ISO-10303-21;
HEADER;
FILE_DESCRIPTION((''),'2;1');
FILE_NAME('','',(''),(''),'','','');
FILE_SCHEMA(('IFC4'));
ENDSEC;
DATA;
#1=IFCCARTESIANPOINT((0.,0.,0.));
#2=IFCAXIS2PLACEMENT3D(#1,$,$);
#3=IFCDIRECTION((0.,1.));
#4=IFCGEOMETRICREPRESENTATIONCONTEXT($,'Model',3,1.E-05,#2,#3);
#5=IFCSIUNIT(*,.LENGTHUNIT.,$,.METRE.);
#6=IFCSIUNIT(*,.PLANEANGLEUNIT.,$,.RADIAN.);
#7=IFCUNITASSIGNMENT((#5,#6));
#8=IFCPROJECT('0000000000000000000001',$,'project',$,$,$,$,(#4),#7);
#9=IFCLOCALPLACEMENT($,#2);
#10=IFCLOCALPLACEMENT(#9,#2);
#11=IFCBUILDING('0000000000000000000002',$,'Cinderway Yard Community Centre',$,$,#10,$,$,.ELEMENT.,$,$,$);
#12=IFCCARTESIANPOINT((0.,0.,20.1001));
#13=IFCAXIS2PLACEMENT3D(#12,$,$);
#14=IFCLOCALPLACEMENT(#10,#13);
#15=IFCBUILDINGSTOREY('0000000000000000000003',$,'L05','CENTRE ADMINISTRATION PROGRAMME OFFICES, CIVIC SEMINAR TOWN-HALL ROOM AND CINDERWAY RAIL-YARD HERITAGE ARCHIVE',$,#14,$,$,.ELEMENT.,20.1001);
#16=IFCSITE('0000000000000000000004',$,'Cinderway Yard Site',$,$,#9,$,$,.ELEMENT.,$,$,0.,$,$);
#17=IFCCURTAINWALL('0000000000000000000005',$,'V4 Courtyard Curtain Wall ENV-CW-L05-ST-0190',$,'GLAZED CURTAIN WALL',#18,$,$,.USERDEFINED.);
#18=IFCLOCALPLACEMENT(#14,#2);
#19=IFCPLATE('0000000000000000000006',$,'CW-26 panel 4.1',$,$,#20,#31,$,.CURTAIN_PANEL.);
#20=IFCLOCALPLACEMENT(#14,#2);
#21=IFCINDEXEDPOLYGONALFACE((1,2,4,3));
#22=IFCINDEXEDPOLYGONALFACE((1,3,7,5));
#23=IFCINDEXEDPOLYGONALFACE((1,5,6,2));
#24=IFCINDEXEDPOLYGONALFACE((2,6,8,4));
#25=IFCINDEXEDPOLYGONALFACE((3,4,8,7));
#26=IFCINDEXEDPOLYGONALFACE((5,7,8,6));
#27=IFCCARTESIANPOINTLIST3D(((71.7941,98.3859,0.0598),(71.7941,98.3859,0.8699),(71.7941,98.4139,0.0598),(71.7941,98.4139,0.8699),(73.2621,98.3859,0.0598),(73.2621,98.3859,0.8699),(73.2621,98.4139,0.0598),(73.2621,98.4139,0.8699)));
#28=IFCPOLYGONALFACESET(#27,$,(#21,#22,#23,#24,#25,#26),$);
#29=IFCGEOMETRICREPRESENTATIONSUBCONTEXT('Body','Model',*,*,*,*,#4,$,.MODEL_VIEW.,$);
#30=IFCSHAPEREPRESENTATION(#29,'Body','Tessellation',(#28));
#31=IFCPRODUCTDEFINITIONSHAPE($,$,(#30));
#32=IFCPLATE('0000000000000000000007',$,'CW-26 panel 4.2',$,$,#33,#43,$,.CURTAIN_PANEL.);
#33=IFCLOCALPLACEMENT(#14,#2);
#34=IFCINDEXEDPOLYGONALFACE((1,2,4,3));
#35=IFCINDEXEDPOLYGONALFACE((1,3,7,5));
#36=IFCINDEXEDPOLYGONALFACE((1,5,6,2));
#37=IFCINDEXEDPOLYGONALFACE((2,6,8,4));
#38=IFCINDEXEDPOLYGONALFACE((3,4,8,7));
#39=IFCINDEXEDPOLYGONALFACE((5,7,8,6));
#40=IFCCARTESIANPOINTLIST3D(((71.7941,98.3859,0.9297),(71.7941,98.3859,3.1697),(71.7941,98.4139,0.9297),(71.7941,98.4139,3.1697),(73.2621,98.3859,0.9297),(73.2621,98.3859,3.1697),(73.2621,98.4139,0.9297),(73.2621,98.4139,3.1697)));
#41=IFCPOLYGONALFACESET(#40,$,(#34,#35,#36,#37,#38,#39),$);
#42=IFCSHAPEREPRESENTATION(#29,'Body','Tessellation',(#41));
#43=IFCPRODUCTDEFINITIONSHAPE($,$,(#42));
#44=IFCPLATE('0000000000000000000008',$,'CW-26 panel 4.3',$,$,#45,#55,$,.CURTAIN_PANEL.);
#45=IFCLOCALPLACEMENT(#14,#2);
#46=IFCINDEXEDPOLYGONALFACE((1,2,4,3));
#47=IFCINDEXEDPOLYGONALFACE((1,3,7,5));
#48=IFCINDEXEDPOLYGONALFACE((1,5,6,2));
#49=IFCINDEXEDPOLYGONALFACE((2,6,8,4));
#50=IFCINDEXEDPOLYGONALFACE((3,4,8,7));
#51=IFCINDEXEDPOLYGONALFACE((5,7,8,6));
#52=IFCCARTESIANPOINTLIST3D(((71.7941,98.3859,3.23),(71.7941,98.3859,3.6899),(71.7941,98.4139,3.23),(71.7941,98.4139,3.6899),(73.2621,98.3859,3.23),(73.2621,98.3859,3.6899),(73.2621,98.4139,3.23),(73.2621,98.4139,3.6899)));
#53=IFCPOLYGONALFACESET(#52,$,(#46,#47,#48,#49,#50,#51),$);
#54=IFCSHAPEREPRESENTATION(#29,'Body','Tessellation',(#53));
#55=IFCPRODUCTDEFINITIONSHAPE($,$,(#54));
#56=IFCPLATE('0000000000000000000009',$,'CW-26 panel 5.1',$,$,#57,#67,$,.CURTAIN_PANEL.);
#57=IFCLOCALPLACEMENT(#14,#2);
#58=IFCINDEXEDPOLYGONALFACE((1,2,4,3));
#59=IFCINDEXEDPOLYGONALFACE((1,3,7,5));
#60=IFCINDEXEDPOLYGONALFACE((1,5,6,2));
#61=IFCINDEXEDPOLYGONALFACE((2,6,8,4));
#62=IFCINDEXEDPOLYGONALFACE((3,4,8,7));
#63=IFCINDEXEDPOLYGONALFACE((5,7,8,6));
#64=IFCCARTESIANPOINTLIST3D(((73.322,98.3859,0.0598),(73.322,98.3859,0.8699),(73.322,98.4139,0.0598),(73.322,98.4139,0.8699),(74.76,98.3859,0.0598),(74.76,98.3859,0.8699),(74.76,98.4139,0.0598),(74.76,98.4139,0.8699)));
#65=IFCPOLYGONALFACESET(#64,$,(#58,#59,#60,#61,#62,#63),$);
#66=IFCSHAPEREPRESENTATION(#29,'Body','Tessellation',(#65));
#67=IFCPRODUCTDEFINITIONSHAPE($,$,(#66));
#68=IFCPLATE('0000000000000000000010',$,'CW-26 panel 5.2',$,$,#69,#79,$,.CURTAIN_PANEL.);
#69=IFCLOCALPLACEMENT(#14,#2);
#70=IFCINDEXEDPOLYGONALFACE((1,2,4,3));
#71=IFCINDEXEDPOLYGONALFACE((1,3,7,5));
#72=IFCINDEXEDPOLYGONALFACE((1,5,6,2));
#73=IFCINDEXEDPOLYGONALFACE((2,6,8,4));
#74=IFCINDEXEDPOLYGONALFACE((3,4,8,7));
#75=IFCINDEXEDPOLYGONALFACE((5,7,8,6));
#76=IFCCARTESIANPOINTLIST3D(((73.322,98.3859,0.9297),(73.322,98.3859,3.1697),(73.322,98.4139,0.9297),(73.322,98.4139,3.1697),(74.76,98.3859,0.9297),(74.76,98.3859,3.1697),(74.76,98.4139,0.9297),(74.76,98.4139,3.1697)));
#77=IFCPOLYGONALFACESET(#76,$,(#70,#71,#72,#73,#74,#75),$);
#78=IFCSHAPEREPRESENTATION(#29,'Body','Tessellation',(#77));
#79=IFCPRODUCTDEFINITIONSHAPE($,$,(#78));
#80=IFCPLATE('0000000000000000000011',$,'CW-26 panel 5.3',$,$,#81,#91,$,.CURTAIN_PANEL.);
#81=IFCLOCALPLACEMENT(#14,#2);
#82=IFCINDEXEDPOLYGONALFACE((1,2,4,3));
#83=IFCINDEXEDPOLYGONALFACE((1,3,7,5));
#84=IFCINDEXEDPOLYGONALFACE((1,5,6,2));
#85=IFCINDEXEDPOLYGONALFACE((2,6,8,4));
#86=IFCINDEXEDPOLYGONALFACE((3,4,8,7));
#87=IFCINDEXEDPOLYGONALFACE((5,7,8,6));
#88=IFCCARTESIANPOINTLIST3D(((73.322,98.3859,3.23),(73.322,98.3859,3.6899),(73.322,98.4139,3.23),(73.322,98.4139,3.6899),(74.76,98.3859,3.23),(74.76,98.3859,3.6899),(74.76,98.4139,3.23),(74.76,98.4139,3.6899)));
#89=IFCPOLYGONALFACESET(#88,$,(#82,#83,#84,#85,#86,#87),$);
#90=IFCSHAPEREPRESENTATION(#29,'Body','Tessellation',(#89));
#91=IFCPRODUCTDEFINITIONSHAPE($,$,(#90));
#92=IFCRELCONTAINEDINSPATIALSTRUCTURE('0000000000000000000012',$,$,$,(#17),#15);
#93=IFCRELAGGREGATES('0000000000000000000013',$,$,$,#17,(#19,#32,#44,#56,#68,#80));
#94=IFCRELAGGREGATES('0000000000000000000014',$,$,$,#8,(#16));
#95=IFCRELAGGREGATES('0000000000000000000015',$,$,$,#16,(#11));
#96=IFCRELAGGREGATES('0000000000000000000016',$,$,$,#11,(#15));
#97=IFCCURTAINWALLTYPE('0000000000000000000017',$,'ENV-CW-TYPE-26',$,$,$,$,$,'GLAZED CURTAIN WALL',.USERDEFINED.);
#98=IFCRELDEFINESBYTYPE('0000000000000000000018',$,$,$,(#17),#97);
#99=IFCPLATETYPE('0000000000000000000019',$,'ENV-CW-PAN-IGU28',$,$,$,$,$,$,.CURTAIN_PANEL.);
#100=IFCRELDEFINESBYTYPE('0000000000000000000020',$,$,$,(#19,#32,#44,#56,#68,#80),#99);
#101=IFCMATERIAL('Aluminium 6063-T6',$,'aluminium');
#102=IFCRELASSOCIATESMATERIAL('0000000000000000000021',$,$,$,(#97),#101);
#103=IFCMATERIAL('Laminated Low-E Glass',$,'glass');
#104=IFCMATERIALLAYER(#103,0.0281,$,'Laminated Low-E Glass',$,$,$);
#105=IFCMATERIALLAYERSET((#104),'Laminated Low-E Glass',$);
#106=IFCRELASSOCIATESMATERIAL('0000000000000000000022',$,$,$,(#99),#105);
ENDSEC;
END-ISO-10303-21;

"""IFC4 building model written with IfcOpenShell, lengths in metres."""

from ifc_helpers import new_model, si_unit, direction, frame, origin, origin_2d, place, context, subcontext, project, spatial, rectangle, extrude, material, layer, layer_set, type_object, element, aggregate, save


model = new_model("IFC4")

# Units and contexts
model_context = context("Model", 3, precision=1e-05, world=origin(), true_north=direction((0.0, 1.0)))
body_context = subcontext(model_context, "Body", "Model", "MODEL_VIEW")
ifc_project = project(units=[si_unit("LENGTHUNIT", "METRE"), si_unit("PLANEANGLEUNIT", "RADIAN")], contexts=[model_context])

# Site, building, storey
site_placement = place(None, origin())
site = spatial("IfcSite", under=ifc_project, at=site_placement, Name="Cinderway Yard Site", CompositionType="ELEMENT", RefElevation=0.0)
building_placement = place(site_placement, origin())
building = spatial("IfcBuilding", under=site, at=building_placement, Name="Cinderway Yard Community Centre", CompositionType="ELEMENT")
storey_placement = place(building_placement, frame((0.0, 0.0, 20.1001)))
storey = spatial("IfcBuildingStorey", under=building, at=storey_placement, Name="L05", Description="CENTRE ADMINISTRATION PROGRAMME OFFICES, CIVIC SEMINAR TOWN-HALL ROOM AND CINDERWAY RAIL-YARD HERITAGE ARCHIVE", CompositionType="ELEMENT", Elevation=20.1001)

# Curtain wall
ifc_material_1 = material(Name="Aluminium 6063-T6", Category="aluminium")
curtain_wall_type_1 = type_object("IfcCurtainWallType", Name="ENV-CW-TYPE-26", ElementType="GLAZED CURTAIN WALL", PredefinedType="USERDEFINED", material=ifc_material_1)
curtain_wall_1_placement = place(storey_placement, origin())
curtain_wall_1 = element("IfcCurtainWall", 1, at=curtain_wall_1_placement, inside=storey, type_object=curtain_wall_type_1, Name="V4 Courtyard Curtain Wall ENV-CW-L05-ST-0190", ObjectType="GLAZED CURTAIN WALL", PredefinedType="USERDEFINED")

# Plates
ifc_material_2 = material(Name="Laminated Low-E Glass", Category="glass")
ifc_layer = layer(ifc_material_2, 0.0281, Name="Laminated Low-E Glass")
ifc_layer_set = layer_set([ifc_layer], Name="Laminated Low-E Glass")
plate_type = type_object("IfcPlateType", Name="ENV-CW-PAN-IGU28", PredefinedType="CURTAIN_PANEL", material=ifc_layer_set)
plate_1_placement = place(storey_placement, frame((72.5281, 98.3999, 0.0598), z_axis=(0.0, 0.0, 1.0), x_axis=(1.0, 0.0, 0.0)))
plate_1 = element("IfcPlate", 2, at=plate_1_placement, type_object=plate_type, Name="CW-26 panel 4.1", PredefinedType="CURTAIN_PANEL", context=body_context, shape_type="SweptSolid", body=[
    extrude(rectangle(XDim=1.468, YDim=0.0281, at=origin_2d()), origin(), (0.0, 0.0, 1.0), 0.8101),
])
plate_2_placement = place(storey_placement, frame((72.5281, 98.3999, 0.9297), z_axis=(0.0, 0.0, 1.0), x_axis=(1.0, 0.0, 0.0)))
plate_2 = element("IfcPlate", 3, at=plate_2_placement, type_object=plate_type, Name="CW-26 panel 4.2", PredefinedType="CURTAIN_PANEL", context=body_context, shape_type="SweptSolid", body=[
    extrude(rectangle(XDim=1.468, YDim=0.0281, at=origin_2d()), origin(), (0.0, 0.0, 1.0), 2.24),
])
plate_3_placement = place(storey_placement, frame((72.5281, 98.3999, 3.23), z_axis=(0.0, 0.0, 1.0), x_axis=(1.0, 0.0, 0.0)))
plate_3 = element("IfcPlate", 4, at=plate_3_placement, type_object=plate_type, Name="CW-26 panel 4.3", PredefinedType="CURTAIN_PANEL", context=body_context, shape_type="SweptSolid", body=[
    extrude(rectangle(XDim=1.468, YDim=0.0281, at=origin_2d()), origin(), (0.0, 0.0, 1.0), 0.46),
])
plate_4_placement = place(storey_placement, frame((74.041, 98.3999, 0.0598), z_axis=(0.0, 0.0, 1.0), x_axis=(1.0, 0.0, 0.0)))
plate_4 = element("IfcPlate", 5, at=plate_4_placement, type_object=plate_type, Name="CW-26 panel 5.1", PredefinedType="CURTAIN_PANEL", context=body_context, shape_type="SweptSolid", body=[
    extrude(rectangle(XDim=1.438, YDim=0.0281, at=origin_2d()), origin(), (0.0, 0.0, 1.0), 0.8101),
])
plate_5_placement = place(storey_placement, frame((74.041, 98.3999, 0.9297), z_axis=(0.0, 0.0, 1.0), x_axis=(1.0, 0.0, 0.0)))
plate_5 = element("IfcPlate", 6, at=plate_5_placement, type_object=plate_type, Name="CW-26 panel 5.2", PredefinedType="CURTAIN_PANEL", context=body_context, shape_type="SweptSolid", body=[
    extrude(rectangle(XDim=1.438, YDim=0.0281, at=origin_2d()), origin(), (0.0, 0.0, 1.0), 2.24),
])
plate_6_placement = place(storey_placement, frame((74.041, 98.3999, 3.23), z_axis=(0.0, 0.0, 1.0), x_axis=(1.0, 0.0, 0.0)))
plate_6 = element("IfcPlate", 7, at=plate_6_placement, type_object=plate_type, Name="CW-26 panel 5.3", PredefinedType="CURTAIN_PANEL", context=body_context, shape_type="SweptSolid", body=[
    extrude(rectangle(XDim=1.438, YDim=0.0281, at=origin_2d()), origin(), (0.0, 0.0, 1.0), 0.46),
])
aggregate(curtain_wall_1, [plate_1, plate_2, plate_3, plate_4, plate_5, plate_6])

save(model, "model.ifc")
